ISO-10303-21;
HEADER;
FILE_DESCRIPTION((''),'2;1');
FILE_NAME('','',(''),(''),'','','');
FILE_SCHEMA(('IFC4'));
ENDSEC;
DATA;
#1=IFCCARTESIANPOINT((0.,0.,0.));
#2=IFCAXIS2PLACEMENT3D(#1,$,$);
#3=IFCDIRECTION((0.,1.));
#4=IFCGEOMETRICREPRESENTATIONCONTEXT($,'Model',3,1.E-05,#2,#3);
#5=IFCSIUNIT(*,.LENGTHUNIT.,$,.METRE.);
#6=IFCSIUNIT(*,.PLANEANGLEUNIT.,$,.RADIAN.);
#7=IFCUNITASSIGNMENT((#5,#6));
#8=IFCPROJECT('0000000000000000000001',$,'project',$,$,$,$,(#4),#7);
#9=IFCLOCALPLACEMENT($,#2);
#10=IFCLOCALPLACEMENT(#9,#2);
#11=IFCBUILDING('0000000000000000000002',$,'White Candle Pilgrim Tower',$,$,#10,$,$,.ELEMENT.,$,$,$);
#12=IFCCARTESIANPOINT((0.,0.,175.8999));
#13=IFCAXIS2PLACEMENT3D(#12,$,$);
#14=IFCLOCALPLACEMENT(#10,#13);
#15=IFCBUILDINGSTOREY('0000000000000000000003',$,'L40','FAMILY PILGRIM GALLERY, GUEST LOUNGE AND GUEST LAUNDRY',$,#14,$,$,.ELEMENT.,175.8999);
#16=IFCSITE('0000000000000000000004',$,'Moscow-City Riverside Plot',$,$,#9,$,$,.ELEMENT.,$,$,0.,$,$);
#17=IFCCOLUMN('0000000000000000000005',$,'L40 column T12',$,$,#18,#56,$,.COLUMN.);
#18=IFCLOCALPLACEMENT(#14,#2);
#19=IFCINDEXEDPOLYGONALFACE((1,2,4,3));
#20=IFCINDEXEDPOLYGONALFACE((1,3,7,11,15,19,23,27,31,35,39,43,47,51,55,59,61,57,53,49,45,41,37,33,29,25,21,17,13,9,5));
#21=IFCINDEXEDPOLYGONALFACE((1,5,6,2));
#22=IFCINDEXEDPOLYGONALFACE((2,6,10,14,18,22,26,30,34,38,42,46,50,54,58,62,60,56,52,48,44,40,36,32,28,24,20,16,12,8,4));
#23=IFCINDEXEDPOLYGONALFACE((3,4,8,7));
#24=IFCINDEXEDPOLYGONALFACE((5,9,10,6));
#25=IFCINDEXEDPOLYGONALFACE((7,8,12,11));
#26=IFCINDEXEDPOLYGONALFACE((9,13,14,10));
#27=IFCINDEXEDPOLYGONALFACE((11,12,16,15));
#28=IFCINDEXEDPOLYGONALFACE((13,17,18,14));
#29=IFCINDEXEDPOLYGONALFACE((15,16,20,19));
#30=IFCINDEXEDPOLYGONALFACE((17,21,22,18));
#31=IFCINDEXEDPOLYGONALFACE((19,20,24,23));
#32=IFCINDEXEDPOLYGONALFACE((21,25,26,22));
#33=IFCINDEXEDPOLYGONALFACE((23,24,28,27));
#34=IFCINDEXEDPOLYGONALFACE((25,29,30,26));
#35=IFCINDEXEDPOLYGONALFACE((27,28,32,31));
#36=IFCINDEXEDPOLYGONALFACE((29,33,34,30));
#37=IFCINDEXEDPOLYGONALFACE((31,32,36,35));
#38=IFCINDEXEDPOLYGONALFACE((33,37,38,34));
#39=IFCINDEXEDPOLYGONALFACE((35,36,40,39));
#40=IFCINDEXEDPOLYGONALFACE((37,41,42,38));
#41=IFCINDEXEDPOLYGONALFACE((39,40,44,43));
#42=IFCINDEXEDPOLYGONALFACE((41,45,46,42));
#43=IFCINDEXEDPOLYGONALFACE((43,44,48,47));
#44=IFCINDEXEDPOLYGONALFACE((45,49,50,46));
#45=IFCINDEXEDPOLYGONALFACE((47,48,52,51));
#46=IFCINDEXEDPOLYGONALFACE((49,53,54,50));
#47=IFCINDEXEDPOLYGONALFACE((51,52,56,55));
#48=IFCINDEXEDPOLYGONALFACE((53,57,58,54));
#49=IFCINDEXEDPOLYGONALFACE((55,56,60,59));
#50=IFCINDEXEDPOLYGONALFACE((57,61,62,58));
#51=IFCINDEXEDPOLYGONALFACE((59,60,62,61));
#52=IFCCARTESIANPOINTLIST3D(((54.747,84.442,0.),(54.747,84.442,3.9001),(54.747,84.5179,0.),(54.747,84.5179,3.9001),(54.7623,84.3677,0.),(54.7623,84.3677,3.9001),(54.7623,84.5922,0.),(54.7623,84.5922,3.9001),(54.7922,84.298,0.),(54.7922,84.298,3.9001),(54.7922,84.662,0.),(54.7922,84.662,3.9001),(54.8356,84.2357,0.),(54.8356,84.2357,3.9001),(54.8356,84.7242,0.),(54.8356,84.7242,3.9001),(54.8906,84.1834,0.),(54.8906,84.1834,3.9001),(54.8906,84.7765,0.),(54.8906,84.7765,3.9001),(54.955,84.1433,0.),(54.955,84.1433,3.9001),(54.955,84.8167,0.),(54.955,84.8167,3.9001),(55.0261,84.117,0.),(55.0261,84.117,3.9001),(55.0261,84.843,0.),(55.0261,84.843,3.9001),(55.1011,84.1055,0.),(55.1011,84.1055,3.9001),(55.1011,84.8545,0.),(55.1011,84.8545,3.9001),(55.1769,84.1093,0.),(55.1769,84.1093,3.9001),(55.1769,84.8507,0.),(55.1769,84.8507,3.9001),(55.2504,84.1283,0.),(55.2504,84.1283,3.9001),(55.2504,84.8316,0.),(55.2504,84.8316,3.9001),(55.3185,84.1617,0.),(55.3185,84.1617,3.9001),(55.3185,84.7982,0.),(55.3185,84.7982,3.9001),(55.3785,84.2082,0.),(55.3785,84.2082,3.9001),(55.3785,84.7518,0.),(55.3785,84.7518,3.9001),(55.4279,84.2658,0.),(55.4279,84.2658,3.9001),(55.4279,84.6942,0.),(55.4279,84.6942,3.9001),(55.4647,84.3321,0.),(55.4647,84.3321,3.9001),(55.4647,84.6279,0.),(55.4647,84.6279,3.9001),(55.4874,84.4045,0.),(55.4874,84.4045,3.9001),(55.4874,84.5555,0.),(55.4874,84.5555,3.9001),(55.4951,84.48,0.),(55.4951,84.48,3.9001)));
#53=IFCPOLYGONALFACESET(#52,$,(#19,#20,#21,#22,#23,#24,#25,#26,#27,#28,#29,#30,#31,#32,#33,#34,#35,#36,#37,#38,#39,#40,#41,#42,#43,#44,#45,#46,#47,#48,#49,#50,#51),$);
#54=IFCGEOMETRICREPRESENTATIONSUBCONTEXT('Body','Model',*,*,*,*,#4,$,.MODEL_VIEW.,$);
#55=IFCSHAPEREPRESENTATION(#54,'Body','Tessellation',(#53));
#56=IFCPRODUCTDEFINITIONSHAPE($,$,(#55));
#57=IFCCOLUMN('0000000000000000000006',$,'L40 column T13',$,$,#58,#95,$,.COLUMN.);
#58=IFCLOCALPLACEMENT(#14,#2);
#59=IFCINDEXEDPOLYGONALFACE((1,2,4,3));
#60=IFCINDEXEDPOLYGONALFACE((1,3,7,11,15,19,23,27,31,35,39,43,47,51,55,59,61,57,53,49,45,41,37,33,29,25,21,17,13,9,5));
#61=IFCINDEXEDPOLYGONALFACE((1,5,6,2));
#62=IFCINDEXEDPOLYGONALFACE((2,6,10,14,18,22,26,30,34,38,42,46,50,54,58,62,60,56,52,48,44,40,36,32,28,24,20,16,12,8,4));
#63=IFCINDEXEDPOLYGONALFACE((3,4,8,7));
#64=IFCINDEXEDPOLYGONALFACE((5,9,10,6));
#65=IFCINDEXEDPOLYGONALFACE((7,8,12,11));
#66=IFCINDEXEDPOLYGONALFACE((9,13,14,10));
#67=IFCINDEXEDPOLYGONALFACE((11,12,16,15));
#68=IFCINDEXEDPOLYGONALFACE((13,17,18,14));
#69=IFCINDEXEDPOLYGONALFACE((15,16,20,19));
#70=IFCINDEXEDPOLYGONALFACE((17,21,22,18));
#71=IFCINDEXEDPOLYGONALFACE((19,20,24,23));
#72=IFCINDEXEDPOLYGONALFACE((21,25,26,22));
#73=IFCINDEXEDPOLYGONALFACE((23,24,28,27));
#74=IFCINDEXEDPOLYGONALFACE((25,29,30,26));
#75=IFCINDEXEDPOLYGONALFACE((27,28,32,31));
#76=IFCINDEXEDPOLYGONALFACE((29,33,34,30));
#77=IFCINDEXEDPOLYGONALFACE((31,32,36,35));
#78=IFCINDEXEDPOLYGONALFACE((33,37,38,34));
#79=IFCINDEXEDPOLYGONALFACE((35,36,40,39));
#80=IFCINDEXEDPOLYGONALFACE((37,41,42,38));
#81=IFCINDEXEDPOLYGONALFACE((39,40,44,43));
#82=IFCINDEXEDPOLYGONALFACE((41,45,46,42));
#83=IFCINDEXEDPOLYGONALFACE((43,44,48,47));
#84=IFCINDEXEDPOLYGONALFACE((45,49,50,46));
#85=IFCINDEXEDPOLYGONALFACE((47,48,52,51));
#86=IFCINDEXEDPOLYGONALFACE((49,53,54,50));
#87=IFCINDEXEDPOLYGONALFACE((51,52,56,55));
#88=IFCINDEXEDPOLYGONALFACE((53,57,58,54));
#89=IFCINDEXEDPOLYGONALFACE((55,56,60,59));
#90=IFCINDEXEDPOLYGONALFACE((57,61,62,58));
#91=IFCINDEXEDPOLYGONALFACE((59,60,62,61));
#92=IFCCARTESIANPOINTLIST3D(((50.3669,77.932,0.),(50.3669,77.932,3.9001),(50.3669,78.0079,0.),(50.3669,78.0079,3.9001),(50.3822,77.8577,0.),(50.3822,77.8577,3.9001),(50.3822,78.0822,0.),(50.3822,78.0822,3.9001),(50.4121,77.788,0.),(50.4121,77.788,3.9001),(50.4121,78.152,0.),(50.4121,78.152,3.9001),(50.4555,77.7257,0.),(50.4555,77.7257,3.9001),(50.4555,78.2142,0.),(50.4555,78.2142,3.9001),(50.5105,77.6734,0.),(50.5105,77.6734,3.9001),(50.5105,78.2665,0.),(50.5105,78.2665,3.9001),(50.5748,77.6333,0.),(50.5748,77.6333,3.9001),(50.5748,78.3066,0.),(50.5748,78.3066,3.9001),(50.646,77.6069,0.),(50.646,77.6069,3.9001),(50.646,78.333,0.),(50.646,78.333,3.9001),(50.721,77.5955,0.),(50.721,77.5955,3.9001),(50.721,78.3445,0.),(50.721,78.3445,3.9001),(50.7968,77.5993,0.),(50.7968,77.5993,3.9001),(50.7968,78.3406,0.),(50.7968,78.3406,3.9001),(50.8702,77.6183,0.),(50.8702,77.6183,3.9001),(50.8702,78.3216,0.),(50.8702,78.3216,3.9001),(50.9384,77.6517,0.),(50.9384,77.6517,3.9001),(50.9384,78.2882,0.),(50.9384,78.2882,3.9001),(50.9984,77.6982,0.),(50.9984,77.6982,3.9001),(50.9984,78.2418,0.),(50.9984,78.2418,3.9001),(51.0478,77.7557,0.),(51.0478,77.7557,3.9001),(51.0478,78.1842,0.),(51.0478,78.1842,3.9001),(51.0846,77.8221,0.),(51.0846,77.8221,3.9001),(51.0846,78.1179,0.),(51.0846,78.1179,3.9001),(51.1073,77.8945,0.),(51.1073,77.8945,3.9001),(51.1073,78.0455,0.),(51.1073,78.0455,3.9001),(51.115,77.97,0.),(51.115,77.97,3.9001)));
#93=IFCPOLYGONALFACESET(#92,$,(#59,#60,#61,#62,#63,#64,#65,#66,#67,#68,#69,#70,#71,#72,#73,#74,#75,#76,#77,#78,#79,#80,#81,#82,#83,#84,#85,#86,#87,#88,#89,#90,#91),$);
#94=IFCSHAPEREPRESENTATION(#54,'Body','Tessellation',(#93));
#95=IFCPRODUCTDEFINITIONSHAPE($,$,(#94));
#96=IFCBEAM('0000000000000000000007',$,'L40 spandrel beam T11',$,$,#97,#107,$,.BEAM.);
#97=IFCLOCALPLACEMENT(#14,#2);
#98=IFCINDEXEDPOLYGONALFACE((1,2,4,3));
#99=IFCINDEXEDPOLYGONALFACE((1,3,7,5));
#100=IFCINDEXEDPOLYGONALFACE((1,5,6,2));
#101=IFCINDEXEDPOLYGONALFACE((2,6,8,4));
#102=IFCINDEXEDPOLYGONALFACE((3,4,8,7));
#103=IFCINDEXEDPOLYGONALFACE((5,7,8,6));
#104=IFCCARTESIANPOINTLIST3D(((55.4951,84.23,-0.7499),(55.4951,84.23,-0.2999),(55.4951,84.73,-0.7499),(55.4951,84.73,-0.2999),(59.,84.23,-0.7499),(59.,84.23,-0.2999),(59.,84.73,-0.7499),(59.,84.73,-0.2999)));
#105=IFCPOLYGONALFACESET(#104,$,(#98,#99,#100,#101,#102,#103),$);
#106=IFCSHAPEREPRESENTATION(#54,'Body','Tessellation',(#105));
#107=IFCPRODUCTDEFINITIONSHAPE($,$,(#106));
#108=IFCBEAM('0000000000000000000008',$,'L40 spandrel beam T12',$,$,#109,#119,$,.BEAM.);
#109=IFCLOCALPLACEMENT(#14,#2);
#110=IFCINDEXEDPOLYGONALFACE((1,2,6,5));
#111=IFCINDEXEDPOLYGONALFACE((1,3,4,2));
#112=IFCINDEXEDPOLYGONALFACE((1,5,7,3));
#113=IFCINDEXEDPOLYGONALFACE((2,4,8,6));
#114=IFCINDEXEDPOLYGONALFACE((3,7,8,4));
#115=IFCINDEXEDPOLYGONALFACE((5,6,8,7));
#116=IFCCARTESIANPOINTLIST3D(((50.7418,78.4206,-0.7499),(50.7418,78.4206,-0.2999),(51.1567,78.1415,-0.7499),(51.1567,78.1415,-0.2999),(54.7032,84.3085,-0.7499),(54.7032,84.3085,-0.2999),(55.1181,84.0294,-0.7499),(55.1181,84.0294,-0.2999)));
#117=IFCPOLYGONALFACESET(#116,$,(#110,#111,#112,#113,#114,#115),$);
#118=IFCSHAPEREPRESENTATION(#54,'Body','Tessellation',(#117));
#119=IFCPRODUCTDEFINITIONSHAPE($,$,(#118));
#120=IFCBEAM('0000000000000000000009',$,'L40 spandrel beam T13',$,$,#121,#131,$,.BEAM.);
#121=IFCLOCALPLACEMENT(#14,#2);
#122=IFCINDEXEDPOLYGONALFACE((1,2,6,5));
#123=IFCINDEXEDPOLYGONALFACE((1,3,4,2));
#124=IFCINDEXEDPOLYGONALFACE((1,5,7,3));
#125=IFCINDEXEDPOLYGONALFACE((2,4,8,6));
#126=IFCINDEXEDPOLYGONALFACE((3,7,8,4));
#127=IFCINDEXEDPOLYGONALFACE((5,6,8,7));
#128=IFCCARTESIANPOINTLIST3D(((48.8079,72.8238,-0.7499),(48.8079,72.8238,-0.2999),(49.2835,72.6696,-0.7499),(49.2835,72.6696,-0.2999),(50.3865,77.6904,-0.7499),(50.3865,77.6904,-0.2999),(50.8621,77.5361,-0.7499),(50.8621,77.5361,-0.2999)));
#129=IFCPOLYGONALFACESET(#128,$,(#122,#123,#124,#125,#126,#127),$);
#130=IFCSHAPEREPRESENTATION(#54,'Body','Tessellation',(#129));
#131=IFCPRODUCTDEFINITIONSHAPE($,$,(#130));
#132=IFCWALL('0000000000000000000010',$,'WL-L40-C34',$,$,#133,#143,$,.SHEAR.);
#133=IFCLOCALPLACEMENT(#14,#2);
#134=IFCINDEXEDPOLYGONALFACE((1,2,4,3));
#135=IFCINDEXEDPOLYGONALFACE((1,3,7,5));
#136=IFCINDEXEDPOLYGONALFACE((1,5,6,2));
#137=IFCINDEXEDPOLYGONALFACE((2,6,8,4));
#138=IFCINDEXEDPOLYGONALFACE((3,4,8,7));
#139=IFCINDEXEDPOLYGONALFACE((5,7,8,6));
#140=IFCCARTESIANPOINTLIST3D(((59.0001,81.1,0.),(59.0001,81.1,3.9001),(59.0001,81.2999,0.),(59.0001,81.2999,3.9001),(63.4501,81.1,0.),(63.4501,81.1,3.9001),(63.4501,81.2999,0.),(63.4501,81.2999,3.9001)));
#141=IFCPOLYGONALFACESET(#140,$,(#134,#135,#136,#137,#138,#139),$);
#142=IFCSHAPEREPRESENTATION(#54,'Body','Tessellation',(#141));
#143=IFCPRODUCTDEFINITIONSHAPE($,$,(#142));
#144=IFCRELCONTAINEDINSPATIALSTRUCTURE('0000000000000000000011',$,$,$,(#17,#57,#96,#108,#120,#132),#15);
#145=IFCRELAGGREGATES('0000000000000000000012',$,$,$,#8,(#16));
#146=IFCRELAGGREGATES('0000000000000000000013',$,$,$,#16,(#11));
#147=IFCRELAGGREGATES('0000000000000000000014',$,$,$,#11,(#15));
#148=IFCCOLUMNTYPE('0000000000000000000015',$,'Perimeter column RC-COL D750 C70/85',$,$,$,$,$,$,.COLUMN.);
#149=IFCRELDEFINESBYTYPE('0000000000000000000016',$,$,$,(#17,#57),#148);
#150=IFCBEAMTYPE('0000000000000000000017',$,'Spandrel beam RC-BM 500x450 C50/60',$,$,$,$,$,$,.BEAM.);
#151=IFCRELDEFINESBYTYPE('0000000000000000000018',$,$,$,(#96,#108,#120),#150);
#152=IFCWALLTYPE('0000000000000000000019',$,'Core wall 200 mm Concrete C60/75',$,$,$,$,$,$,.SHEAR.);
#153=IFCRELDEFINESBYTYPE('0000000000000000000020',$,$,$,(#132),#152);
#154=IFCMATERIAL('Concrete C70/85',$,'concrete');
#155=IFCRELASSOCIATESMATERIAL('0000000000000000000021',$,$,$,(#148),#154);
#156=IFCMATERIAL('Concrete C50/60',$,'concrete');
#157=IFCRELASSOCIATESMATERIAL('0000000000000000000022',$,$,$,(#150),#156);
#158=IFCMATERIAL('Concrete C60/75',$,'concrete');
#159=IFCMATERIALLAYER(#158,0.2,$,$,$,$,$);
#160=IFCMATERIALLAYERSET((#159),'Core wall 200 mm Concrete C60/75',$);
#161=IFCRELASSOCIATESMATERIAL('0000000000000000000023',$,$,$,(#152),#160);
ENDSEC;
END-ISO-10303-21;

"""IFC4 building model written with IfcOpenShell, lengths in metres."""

from ifc_helpers import new_model, si_unit, direction, frame, frame_2d, origin, origin_2d, place, context, subcontext, project, spatial, rectangle, circle, extrude, material, layer, layer_set, material_profile, profile_set, type_object, element, save


model = new_model("IFC4")

# Units and contexts
model_context = context("Model", 3, precision=1e-05, world=origin(), true_north=direction((0.0, 1.0)))
body_context = subcontext(model_context, "Body", "Model", "MODEL_VIEW")
ifc_project = project(units=[si_unit("LENGTHUNIT", "METRE"), si_unit("PLANEANGLEUNIT", "RADIAN")], contexts=[model_context])

# Site, building, storey
site_placement = place(None, origin())
site = spatial("IfcSite", under=ifc_project, at=site_placement, Name="Moscow-City Riverside Plot", CompositionType="ELEMENT", RefElevation=0.0)
building_placement = place(site_placement, origin())
building = spatial("IfcBuilding", under=site, at=building_placement, Name="White Candle Pilgrim Tower", CompositionType="ELEMENT")
storey_placement = place(building_placement, frame((0.0, 0.0, 175.8999)))
storey = spatial("IfcBuildingStorey", under=building, at=storey_placement, Name="L40", Description="FAMILY PILGRIM GALLERY, GUEST LOUNGE AND GUEST LAUNDRY", CompositionType="ELEMENT", Elevation=175.8999)

# Columns
ifc_material_1 = material(Name="Concrete C70/85", Category="concrete")
ifc_material_profile_1 = material_profile(ifc_material_1, circle(Radius=0.375, at=origin_2d()), Name="RC-COL D750")
ifc_profile_set_1 = profile_set([ifc_material_profile_1], Name="Concrete C70/85")
column_type = type_object("IfcColumnType", Name="Perimeter column RC-COL D750 C70/85", PredefinedType="COLUMN", material=ifc_profile_set_1)
for number, where, z_axis, x_axis, name in (
    (1, (55.1201, 84.48, 0.0), (0.0, 0.0, 1.0), (1.0, 0.0, 0.0), "L40 column T12"),
    (2, (50.74, 77.97, 0.0), (0.0, 0.0, 1.0), (1.0, 0.0, 0.0), "L40 column T13"),
):
    element("IfcColumn", number, at=place(storey_placement, frame(where, z_axis=z_axis, x_axis=x_axis)), inside=storey, type_object=column_type, Name=name, PredefinedType="COLUMN", context=body_context, shape_type="SweptSolid", body=[
        extrude(circle(Radius=0.375, at=origin_2d()), origin(), (0.0, 0.0, 1.0), 3.9001),
    ])

# Beams
ifc_material_2 = material(Name="Concrete C50/60", Category="concrete")
ifc_material_profile_2 = material_profile(ifc_material_2, rectangle(XDim=0.5, YDim=0.45, at=origin_2d()), Name="RC-BM 500x450")
ifc_profile_set_2 = profile_set([ifc_material_profile_2], Name="Concrete C50/60")
beam_type = type_object("IfcBeamType", Name="Spandrel beam RC-BM 500x450 C50/60", PredefinedType="BEAM", material=ifc_profile_set_2)
beam_1_placement = place(storey_placement, frame((55.4951, 84.48, -0.5249), z_axis=(1.0, 0.0, 0.0), x_axis=(0.0, 1.0, 0.0)))
element("IfcBeam", 3, at=beam_1_placement, inside=storey, type_object=beam_type, Name="L40 spandrel beam T11", PredefinedType="BEAM", context=body_context, shape_type="SweptSolid", body=[
    extrude(rectangle(XDim=0.5, YDim=0.45, at=origin_2d()), origin(), (0.0, 0.0, 1.0), 3.5049),
])
beam_2_placement = place(storey_placement, frame((54.9106, 84.1689, -0.5249), z_axis=(-0.55822, -0.829693, 0.0), x_axis=(0.829693, -0.55822, 0.0)))
element("IfcBeam", 4, at=beam_2_placement, inside=storey, type_object=beam_type, Name="L40 spandrel beam T12", PredefinedType="BEAM", context=body_context, shape_type="SweptSolid", body=[
    extrude(rectangle(XDim=0.5, YDim=0.45, at=origin_2d()), origin(), (0.0, 0.0, 1.0), 7.0964),
])
beam_3_placement = place(storey_placement, frame((50.6243, 77.6133, -0.5249), z_axis=(-0.308544, -0.95121, 0.0), x_axis=(0.95121, -0.308544, 0.0)))
element("IfcBeam", 5, at=beam_3_placement, inside=storey, type_object=beam_type, Name="L40 spandrel beam T13", PredefinedType="BEAM", context=body_context, shape_type="SweptSolid", body=[
    extrude(rectangle(XDim=0.5, YDim=0.45, at=origin_2d()), origin(), (0.0, 0.0, 1.0), 5.1162),
])

# Wall
ifc_material_3 = material(Name="Concrete C60/75", Category="concrete")
ifc_layer_1 = layer(ifc_material_3, 0.2)
ifc_layer_set_1 = layer_set([ifc_layer_1], Name="Core wall 200 mm Concrete C60/75")
wall_type_1 = type_object("IfcWallType", Name="Core wall 200 mm Concrete C60/75", PredefinedType="SHEAR", material=ifc_layer_set_1)
wall_1_placement = place(storey_placement, frame((59.0, 81.2, 0.0), z_axis=(0.0, 0.0, 1.0), x_axis=(1.0, 0.0, 0.0)))
element("IfcWall", 6, at=wall_1_placement, inside=storey, type_object=wall_type_1, Name="WL-L40-C34", PredefinedType="SHEAR", context=body_context, shape_type="SweptSolid", body=[
    extrude(rectangle(XDim=4.45, YDim=0.2, at=frame_2d((2.2251, 0.0))), origin(), (0.0, 0.0, 1.0), 3.9001),
])

save(model, "model.ifc")
